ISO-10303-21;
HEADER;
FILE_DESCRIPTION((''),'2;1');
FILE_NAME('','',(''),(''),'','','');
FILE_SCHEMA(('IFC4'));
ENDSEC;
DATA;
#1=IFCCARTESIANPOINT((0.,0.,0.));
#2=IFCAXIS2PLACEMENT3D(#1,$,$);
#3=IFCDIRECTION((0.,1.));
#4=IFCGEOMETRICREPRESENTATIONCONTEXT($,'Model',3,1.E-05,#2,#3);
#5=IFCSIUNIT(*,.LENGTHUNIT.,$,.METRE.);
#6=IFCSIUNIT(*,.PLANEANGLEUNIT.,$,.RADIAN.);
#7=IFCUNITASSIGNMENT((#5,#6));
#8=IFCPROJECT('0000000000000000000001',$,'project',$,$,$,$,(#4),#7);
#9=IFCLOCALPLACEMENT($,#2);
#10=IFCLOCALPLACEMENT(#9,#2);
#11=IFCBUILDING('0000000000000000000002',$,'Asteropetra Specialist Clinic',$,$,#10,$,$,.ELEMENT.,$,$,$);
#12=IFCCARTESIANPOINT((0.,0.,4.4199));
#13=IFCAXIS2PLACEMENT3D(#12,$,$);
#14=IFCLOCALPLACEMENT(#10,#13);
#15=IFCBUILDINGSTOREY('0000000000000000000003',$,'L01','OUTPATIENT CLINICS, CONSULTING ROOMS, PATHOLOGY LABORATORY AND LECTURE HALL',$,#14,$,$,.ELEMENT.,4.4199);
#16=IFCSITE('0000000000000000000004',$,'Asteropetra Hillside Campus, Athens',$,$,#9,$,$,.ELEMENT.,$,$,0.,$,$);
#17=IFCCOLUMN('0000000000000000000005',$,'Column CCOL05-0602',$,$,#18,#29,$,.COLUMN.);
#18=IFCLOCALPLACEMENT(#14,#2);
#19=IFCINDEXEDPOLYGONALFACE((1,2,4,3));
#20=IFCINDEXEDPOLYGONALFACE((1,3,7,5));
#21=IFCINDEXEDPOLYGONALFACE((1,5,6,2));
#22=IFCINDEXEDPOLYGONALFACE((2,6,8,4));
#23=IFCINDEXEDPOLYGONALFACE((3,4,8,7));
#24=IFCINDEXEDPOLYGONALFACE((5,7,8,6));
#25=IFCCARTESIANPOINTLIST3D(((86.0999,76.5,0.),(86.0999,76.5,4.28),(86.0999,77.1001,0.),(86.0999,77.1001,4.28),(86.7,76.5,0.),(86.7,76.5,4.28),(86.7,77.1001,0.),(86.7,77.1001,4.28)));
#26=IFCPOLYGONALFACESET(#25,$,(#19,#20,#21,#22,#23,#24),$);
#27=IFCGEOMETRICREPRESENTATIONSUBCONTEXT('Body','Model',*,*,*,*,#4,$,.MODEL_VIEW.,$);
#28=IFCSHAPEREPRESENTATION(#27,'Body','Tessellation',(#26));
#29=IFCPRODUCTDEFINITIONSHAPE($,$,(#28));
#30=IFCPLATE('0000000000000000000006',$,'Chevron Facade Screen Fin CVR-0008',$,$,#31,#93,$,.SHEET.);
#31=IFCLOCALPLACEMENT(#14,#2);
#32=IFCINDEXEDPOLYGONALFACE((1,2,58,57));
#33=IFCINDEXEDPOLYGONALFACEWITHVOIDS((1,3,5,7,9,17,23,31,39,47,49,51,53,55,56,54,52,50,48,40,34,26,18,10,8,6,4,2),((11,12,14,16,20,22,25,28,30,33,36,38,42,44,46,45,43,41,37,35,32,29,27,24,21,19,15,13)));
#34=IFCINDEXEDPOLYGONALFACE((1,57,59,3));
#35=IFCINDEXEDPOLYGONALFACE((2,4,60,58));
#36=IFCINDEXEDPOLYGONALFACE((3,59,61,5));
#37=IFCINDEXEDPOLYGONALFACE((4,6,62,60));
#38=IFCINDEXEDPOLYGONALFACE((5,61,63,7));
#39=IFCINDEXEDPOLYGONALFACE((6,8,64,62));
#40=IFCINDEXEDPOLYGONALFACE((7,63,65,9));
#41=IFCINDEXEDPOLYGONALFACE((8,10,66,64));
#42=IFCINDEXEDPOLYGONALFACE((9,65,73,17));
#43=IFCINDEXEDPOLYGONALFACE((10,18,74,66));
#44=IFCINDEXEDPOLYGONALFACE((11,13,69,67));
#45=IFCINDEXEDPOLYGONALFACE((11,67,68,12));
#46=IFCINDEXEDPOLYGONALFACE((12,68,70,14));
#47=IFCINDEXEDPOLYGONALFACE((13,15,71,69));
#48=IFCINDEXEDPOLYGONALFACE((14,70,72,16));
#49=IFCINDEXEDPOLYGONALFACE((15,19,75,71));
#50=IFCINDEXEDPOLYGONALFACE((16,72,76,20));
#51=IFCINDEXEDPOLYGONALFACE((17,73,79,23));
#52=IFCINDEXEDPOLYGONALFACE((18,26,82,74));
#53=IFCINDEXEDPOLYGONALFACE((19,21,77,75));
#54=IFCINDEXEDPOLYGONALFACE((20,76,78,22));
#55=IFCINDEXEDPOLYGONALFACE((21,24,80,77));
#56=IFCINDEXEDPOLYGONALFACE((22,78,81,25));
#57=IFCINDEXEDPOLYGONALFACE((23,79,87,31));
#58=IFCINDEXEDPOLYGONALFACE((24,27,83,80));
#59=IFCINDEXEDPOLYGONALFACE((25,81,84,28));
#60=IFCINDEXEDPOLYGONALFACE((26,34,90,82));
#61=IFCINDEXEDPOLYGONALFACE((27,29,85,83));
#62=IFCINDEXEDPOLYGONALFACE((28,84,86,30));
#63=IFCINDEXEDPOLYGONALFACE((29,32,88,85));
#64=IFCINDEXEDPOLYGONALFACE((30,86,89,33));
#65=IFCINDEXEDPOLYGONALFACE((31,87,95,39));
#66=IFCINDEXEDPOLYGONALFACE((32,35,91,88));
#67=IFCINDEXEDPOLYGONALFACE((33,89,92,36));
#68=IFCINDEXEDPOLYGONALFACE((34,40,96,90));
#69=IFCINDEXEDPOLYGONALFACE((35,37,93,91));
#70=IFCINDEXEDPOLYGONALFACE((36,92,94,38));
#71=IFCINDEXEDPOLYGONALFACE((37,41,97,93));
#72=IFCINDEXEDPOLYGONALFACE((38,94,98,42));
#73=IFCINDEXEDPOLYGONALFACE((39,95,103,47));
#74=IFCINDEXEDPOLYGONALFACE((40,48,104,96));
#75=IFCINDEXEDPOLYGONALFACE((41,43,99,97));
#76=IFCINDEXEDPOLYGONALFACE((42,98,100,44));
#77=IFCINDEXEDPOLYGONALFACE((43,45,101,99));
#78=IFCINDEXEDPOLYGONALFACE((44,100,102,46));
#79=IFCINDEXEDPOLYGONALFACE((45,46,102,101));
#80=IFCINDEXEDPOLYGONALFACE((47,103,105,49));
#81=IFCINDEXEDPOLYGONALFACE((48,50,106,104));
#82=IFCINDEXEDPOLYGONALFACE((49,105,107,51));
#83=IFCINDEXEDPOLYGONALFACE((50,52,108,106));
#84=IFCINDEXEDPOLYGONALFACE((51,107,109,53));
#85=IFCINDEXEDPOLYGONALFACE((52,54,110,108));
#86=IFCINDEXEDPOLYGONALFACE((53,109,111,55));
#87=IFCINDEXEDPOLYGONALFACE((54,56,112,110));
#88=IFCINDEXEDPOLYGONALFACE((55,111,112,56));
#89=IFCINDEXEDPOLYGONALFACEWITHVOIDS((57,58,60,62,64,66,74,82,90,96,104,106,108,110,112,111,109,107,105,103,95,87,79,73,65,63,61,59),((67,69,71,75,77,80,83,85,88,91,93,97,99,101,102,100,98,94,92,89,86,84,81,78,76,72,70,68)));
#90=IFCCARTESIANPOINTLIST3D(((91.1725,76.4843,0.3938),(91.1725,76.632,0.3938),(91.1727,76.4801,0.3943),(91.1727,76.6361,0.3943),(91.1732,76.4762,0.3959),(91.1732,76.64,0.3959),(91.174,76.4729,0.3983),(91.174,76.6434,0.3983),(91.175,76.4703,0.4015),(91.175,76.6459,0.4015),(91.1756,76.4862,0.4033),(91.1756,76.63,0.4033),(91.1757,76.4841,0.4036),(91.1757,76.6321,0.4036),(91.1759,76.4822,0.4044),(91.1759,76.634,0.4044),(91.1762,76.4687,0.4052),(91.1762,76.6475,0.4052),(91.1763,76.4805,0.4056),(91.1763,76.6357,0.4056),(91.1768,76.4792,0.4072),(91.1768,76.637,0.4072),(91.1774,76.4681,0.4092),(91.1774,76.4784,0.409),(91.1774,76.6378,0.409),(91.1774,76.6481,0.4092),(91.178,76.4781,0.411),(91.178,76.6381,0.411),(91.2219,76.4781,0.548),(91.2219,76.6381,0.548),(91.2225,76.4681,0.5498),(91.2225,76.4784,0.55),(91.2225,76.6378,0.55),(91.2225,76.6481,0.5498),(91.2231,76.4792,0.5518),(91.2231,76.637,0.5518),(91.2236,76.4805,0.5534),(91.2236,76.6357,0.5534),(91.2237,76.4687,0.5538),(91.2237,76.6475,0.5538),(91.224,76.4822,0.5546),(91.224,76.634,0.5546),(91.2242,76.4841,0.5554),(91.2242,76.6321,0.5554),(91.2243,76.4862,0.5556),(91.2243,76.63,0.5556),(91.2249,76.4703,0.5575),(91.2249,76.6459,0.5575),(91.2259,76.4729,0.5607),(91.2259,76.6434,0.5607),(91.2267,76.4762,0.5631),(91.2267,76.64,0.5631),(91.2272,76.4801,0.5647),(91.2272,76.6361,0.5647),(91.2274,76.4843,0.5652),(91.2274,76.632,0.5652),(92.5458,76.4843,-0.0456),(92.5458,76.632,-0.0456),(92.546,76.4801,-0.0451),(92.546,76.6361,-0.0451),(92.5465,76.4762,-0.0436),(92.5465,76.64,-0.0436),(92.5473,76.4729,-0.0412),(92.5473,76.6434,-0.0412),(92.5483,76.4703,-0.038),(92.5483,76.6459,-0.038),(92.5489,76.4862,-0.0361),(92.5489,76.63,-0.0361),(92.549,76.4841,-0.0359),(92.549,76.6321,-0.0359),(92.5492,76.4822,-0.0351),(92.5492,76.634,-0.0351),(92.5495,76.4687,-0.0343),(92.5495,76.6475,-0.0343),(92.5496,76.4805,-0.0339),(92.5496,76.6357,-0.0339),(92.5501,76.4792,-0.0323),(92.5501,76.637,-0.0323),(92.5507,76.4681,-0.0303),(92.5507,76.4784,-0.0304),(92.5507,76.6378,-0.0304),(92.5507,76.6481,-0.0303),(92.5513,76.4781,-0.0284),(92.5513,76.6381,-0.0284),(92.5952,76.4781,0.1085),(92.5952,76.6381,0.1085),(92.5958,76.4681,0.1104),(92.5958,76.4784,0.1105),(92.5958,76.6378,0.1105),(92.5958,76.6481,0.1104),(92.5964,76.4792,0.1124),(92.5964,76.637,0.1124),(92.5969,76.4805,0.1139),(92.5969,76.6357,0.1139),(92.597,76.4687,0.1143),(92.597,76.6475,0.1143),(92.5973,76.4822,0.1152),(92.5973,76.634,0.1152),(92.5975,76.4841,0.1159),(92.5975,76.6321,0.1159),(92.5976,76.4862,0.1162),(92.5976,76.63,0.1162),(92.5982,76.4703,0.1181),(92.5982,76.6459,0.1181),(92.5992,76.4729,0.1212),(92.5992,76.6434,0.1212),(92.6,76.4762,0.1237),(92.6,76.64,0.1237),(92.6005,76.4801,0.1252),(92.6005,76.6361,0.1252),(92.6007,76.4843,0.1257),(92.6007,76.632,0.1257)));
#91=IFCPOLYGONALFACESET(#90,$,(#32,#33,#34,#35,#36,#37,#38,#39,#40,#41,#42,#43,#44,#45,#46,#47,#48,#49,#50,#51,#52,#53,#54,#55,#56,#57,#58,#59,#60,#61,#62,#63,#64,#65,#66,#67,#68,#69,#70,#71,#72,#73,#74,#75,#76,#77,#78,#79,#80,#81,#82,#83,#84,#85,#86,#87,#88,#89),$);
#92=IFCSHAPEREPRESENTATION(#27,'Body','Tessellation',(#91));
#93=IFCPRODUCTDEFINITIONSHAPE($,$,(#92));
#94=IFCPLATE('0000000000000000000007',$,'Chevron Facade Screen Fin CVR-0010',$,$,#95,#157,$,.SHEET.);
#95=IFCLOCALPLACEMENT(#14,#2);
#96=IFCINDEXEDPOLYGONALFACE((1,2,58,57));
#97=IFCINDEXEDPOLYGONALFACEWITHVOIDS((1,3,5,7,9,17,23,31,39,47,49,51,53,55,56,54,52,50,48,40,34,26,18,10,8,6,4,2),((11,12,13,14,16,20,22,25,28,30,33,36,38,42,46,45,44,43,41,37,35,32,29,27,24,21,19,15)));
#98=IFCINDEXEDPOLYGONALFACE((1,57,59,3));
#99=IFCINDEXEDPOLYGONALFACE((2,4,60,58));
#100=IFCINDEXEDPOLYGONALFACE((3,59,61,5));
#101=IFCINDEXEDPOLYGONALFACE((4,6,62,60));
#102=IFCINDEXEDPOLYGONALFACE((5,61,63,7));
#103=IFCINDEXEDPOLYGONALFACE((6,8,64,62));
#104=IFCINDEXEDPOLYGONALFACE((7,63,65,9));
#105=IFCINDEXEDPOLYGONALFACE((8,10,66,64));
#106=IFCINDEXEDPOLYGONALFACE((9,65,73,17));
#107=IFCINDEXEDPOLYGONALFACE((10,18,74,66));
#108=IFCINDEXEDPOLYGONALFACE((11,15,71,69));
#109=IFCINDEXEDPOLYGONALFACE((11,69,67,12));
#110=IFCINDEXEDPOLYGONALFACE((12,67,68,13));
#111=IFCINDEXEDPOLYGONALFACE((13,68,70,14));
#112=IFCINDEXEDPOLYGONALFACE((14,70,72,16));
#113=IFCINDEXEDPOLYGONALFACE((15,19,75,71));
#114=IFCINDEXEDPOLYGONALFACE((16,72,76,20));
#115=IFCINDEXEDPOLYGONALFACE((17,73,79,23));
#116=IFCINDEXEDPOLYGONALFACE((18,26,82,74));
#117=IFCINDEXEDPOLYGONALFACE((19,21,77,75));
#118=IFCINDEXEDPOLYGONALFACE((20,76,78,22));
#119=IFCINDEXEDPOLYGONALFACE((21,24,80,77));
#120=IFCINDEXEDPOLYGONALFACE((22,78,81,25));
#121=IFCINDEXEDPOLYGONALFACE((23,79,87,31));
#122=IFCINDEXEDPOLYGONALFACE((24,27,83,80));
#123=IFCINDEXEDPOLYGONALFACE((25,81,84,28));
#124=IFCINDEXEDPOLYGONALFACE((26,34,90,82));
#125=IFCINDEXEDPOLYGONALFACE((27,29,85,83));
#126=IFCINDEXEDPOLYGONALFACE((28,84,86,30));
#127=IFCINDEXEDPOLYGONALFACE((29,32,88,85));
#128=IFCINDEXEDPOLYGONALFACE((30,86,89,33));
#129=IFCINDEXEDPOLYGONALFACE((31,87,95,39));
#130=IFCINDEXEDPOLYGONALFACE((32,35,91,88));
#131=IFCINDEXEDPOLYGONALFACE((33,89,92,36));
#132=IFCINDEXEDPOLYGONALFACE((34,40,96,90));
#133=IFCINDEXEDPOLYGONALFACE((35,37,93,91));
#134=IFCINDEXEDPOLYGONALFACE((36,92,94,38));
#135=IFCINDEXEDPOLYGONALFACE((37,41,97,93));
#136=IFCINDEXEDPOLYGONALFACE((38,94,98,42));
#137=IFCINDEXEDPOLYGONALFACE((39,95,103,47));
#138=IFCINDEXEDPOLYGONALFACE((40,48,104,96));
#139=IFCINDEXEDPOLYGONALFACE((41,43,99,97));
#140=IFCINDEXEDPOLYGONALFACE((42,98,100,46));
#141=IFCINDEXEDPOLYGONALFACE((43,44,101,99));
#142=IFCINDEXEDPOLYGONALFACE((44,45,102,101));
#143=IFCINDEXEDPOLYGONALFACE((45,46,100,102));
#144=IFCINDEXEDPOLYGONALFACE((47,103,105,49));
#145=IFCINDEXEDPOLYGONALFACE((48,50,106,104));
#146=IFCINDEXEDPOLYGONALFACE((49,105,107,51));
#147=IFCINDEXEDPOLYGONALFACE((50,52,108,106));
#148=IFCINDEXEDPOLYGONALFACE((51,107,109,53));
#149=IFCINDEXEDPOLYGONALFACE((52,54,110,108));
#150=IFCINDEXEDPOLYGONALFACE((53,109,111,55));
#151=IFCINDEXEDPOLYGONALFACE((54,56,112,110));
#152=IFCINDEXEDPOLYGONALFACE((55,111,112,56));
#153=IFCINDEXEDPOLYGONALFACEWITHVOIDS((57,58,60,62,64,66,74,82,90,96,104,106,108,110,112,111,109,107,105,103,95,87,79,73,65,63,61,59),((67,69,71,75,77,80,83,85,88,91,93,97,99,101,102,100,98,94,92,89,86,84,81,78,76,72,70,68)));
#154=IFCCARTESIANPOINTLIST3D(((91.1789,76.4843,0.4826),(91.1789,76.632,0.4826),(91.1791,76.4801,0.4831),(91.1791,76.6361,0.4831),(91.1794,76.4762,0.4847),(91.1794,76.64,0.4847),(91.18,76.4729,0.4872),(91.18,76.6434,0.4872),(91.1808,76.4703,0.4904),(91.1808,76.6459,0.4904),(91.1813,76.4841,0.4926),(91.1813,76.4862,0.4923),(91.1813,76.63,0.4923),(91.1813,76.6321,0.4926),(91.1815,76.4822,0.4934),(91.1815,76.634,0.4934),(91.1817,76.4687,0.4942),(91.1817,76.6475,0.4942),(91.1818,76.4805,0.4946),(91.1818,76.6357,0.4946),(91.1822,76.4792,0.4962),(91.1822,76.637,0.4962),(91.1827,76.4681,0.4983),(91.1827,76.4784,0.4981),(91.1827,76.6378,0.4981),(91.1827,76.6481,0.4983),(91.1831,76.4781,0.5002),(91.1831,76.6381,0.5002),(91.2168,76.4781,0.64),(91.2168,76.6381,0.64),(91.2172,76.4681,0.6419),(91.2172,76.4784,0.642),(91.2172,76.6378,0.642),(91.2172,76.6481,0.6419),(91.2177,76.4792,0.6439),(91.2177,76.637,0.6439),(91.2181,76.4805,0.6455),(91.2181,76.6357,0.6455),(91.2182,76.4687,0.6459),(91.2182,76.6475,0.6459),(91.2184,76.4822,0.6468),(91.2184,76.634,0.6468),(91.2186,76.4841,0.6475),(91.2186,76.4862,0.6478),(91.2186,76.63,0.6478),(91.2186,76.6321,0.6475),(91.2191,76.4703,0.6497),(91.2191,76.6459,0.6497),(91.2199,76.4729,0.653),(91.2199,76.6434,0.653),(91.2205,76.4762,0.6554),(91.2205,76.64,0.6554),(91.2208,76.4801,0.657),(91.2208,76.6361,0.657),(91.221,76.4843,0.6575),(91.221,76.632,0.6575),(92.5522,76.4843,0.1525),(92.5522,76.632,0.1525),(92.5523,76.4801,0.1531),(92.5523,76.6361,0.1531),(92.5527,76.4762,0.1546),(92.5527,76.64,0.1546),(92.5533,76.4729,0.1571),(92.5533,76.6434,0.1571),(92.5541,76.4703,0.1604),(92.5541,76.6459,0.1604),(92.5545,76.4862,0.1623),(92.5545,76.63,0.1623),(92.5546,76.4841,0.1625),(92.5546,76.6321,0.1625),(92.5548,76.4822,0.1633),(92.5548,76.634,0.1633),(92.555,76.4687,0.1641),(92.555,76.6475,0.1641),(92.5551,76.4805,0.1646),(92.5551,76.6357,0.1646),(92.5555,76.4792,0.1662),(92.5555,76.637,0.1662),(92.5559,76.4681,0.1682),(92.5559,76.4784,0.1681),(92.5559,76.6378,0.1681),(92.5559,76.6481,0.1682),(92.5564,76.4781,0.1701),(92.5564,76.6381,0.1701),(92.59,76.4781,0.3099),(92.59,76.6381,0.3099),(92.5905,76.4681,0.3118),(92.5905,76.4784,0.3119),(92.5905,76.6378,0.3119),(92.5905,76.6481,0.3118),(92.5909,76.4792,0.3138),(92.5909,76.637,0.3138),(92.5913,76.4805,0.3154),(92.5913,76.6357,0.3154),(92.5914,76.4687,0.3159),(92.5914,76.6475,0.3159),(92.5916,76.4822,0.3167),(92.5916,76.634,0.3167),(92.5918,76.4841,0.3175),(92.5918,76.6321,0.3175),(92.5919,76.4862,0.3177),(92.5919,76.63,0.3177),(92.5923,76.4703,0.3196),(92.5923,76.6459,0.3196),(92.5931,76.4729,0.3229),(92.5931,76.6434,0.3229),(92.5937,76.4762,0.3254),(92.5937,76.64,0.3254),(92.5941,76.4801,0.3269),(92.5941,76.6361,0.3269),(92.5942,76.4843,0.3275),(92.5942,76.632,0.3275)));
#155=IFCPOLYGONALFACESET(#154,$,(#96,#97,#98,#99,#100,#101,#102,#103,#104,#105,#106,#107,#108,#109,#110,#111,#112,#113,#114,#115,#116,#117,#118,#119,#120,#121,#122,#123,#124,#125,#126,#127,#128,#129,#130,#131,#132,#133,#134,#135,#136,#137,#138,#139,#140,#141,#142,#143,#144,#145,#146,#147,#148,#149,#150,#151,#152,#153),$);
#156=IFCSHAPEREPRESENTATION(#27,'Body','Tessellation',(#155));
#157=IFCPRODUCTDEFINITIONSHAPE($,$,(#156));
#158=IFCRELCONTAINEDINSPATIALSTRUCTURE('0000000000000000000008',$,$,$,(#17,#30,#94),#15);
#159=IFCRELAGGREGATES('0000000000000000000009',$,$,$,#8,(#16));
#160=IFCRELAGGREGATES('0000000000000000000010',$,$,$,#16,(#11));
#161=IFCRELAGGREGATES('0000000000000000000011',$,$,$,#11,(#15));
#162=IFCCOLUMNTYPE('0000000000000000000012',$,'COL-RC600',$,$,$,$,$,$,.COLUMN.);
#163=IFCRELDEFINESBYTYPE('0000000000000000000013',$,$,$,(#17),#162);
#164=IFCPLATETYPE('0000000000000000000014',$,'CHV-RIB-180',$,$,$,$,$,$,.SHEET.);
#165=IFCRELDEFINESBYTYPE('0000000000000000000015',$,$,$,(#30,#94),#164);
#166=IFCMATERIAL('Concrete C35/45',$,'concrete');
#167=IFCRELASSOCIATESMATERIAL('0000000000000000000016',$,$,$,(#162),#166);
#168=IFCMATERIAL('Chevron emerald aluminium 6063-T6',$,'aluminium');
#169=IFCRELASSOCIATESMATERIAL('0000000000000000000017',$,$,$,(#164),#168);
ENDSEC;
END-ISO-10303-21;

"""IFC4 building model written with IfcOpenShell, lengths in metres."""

from ifc_helpers import new_model, si_unit, direction, frame, origin, origin_2d, place, context, subcontext, project, spatial, rectangle, hollow_rectangle, extrude, material, material_profile, profile_set, type_object, element, save


model = new_model("IFC4")

# Units and contexts
model_context = context("Model", 3, precision=1e-05, world=origin(), true_north=direction((0.0, 1.0)))
body_context = subcontext(model_context, "Body", "Model", "MODEL_VIEW")
ifc_project = project(units=[si_unit("LENGTHUNIT", "METRE"), si_unit("PLANEANGLEUNIT", "RADIAN")], contexts=[model_context])

# Site, building, storey
site_placement = place(None, origin())
site = spatial("IfcSite", under=ifc_project, at=site_placement, Name="Asteropetra Hillside Campus, Athens", CompositionType="ELEMENT", RefElevation=0.0)
building_placement = place(site_placement, origin())
building = spatial("IfcBuilding", under=site, at=building_placement, Name="Asteropetra Specialist Clinic", CompositionType="ELEMENT")
storey_placement = place(building_placement, frame((0.0, 0.0, 4.4199)))
storey = spatial("IfcBuildingStorey", under=building, at=storey_placement, Name="L01", Description="OUTPATIENT CLINICS, CONSULTING ROOMS, PATHOLOGY LABORATORY AND LECTURE HALL", CompositionType="ELEMENT", Elevation=4.4199)

# Column
ifc_material_1 = material(Name="Concrete C35/45", Category="concrete")
ifc_material_profile_1 = material_profile(ifc_material_1, rectangle(XDim=0.6001, YDim=0.6001, at=origin_2d()), Name="RC 600x600")
ifc_profile_set_1 = profile_set([ifc_material_profile_1], Name="Concrete C35/45")
column_type = type_object("IfcColumnType", Name="COL-RC600", PredefinedType="COLUMN", material=ifc_profile_set_1)
column_placement = place(storey_placement, frame((86.3999, 76.8, 0.0), z_axis=(0.0, 0.0, 1.0), x_axis=(1.0, 0.0, 0.0)))
element("IfcColumn", 1, at=column_placement, inside=storey, type_object=column_type, Name="Column CCOL05-0602", PredefinedType="COLUMN", context=body_context, shape_type="SweptSolid", body=[
    extrude(rectangle(XDim=0.6001, YDim=0.6001, at=origin_2d()), origin(), (0.0, 0.0, 1.0), 4.28),
])

# Plates
ifc_material_2 = material(Name="Chevron emerald aluminium 6063-T6", Category="aluminium")
ifc_material_profile_2 = material_profile(ifc_material_2, hollow_rectangle(XDim=0.1799, YDim=0.1799, WallThickness=0.01, InnerFilletRadius=0.0081, OuterFilletRadius=0.0161, at=origin_2d()), Name="SHS 180x180x10.0")
ifc_profile_set_2 = profile_set([ifc_material_profile_2], Name="Chevron emerald aluminium 6063-T6")
plate_type = type_object("IfcPlateType", Name="CHV-RIB-180", PredefinedType="SHEET", material=ifc_profile_set_2)
plate_1_placement = place(storey_placement, frame((91.2, 76.5581, 0.4795), z_axis=(0.952424, 0.0, -0.304776), x_axis=(0.0, 1.0, 0.0)))
element("IfcPlate", 2, at=plate_1_placement, inside=storey, type_object=plate_type, Name="Chevron Facade Screen Fin CVR-0008", PredefinedType="SHEET", context=body_context, shape_type="SweptSolid", body=[
    extrude(hollow_rectangle(XDim=0.1799, YDim=0.1799, WallThickness=0.01, InnerFilletRadius=0.0081, OuterFilletRadius=0.0161, at=origin_2d()), origin(), (0.0, 0.0, 1.0), 1.4419),
])
plate_2_placement = place(storey_placement, frame((91.2, 76.5581, 0.5701), z_axis=(0.972309, 0.0, -0.2337), x_axis=(0.0, 1.0, 0.0)))
element("IfcPlate", 3, at=plate_2_placement, inside=storey, type_object=plate_type, Name="Chevron Facade Screen Fin CVR-0010", PredefinedType="SHEET", context=body_context, shape_type="SweptSolid", body=[
    extrude(hollow_rectangle(XDim=0.1799, YDim=0.1799, WallThickness=0.01, InnerFilletRadius=0.0081, OuterFilletRadius=0.0161, at=origin_2d()), origin(), (0.0, 0.0, 1.0), 1.4124),
])

save(model, "model.ifc")
